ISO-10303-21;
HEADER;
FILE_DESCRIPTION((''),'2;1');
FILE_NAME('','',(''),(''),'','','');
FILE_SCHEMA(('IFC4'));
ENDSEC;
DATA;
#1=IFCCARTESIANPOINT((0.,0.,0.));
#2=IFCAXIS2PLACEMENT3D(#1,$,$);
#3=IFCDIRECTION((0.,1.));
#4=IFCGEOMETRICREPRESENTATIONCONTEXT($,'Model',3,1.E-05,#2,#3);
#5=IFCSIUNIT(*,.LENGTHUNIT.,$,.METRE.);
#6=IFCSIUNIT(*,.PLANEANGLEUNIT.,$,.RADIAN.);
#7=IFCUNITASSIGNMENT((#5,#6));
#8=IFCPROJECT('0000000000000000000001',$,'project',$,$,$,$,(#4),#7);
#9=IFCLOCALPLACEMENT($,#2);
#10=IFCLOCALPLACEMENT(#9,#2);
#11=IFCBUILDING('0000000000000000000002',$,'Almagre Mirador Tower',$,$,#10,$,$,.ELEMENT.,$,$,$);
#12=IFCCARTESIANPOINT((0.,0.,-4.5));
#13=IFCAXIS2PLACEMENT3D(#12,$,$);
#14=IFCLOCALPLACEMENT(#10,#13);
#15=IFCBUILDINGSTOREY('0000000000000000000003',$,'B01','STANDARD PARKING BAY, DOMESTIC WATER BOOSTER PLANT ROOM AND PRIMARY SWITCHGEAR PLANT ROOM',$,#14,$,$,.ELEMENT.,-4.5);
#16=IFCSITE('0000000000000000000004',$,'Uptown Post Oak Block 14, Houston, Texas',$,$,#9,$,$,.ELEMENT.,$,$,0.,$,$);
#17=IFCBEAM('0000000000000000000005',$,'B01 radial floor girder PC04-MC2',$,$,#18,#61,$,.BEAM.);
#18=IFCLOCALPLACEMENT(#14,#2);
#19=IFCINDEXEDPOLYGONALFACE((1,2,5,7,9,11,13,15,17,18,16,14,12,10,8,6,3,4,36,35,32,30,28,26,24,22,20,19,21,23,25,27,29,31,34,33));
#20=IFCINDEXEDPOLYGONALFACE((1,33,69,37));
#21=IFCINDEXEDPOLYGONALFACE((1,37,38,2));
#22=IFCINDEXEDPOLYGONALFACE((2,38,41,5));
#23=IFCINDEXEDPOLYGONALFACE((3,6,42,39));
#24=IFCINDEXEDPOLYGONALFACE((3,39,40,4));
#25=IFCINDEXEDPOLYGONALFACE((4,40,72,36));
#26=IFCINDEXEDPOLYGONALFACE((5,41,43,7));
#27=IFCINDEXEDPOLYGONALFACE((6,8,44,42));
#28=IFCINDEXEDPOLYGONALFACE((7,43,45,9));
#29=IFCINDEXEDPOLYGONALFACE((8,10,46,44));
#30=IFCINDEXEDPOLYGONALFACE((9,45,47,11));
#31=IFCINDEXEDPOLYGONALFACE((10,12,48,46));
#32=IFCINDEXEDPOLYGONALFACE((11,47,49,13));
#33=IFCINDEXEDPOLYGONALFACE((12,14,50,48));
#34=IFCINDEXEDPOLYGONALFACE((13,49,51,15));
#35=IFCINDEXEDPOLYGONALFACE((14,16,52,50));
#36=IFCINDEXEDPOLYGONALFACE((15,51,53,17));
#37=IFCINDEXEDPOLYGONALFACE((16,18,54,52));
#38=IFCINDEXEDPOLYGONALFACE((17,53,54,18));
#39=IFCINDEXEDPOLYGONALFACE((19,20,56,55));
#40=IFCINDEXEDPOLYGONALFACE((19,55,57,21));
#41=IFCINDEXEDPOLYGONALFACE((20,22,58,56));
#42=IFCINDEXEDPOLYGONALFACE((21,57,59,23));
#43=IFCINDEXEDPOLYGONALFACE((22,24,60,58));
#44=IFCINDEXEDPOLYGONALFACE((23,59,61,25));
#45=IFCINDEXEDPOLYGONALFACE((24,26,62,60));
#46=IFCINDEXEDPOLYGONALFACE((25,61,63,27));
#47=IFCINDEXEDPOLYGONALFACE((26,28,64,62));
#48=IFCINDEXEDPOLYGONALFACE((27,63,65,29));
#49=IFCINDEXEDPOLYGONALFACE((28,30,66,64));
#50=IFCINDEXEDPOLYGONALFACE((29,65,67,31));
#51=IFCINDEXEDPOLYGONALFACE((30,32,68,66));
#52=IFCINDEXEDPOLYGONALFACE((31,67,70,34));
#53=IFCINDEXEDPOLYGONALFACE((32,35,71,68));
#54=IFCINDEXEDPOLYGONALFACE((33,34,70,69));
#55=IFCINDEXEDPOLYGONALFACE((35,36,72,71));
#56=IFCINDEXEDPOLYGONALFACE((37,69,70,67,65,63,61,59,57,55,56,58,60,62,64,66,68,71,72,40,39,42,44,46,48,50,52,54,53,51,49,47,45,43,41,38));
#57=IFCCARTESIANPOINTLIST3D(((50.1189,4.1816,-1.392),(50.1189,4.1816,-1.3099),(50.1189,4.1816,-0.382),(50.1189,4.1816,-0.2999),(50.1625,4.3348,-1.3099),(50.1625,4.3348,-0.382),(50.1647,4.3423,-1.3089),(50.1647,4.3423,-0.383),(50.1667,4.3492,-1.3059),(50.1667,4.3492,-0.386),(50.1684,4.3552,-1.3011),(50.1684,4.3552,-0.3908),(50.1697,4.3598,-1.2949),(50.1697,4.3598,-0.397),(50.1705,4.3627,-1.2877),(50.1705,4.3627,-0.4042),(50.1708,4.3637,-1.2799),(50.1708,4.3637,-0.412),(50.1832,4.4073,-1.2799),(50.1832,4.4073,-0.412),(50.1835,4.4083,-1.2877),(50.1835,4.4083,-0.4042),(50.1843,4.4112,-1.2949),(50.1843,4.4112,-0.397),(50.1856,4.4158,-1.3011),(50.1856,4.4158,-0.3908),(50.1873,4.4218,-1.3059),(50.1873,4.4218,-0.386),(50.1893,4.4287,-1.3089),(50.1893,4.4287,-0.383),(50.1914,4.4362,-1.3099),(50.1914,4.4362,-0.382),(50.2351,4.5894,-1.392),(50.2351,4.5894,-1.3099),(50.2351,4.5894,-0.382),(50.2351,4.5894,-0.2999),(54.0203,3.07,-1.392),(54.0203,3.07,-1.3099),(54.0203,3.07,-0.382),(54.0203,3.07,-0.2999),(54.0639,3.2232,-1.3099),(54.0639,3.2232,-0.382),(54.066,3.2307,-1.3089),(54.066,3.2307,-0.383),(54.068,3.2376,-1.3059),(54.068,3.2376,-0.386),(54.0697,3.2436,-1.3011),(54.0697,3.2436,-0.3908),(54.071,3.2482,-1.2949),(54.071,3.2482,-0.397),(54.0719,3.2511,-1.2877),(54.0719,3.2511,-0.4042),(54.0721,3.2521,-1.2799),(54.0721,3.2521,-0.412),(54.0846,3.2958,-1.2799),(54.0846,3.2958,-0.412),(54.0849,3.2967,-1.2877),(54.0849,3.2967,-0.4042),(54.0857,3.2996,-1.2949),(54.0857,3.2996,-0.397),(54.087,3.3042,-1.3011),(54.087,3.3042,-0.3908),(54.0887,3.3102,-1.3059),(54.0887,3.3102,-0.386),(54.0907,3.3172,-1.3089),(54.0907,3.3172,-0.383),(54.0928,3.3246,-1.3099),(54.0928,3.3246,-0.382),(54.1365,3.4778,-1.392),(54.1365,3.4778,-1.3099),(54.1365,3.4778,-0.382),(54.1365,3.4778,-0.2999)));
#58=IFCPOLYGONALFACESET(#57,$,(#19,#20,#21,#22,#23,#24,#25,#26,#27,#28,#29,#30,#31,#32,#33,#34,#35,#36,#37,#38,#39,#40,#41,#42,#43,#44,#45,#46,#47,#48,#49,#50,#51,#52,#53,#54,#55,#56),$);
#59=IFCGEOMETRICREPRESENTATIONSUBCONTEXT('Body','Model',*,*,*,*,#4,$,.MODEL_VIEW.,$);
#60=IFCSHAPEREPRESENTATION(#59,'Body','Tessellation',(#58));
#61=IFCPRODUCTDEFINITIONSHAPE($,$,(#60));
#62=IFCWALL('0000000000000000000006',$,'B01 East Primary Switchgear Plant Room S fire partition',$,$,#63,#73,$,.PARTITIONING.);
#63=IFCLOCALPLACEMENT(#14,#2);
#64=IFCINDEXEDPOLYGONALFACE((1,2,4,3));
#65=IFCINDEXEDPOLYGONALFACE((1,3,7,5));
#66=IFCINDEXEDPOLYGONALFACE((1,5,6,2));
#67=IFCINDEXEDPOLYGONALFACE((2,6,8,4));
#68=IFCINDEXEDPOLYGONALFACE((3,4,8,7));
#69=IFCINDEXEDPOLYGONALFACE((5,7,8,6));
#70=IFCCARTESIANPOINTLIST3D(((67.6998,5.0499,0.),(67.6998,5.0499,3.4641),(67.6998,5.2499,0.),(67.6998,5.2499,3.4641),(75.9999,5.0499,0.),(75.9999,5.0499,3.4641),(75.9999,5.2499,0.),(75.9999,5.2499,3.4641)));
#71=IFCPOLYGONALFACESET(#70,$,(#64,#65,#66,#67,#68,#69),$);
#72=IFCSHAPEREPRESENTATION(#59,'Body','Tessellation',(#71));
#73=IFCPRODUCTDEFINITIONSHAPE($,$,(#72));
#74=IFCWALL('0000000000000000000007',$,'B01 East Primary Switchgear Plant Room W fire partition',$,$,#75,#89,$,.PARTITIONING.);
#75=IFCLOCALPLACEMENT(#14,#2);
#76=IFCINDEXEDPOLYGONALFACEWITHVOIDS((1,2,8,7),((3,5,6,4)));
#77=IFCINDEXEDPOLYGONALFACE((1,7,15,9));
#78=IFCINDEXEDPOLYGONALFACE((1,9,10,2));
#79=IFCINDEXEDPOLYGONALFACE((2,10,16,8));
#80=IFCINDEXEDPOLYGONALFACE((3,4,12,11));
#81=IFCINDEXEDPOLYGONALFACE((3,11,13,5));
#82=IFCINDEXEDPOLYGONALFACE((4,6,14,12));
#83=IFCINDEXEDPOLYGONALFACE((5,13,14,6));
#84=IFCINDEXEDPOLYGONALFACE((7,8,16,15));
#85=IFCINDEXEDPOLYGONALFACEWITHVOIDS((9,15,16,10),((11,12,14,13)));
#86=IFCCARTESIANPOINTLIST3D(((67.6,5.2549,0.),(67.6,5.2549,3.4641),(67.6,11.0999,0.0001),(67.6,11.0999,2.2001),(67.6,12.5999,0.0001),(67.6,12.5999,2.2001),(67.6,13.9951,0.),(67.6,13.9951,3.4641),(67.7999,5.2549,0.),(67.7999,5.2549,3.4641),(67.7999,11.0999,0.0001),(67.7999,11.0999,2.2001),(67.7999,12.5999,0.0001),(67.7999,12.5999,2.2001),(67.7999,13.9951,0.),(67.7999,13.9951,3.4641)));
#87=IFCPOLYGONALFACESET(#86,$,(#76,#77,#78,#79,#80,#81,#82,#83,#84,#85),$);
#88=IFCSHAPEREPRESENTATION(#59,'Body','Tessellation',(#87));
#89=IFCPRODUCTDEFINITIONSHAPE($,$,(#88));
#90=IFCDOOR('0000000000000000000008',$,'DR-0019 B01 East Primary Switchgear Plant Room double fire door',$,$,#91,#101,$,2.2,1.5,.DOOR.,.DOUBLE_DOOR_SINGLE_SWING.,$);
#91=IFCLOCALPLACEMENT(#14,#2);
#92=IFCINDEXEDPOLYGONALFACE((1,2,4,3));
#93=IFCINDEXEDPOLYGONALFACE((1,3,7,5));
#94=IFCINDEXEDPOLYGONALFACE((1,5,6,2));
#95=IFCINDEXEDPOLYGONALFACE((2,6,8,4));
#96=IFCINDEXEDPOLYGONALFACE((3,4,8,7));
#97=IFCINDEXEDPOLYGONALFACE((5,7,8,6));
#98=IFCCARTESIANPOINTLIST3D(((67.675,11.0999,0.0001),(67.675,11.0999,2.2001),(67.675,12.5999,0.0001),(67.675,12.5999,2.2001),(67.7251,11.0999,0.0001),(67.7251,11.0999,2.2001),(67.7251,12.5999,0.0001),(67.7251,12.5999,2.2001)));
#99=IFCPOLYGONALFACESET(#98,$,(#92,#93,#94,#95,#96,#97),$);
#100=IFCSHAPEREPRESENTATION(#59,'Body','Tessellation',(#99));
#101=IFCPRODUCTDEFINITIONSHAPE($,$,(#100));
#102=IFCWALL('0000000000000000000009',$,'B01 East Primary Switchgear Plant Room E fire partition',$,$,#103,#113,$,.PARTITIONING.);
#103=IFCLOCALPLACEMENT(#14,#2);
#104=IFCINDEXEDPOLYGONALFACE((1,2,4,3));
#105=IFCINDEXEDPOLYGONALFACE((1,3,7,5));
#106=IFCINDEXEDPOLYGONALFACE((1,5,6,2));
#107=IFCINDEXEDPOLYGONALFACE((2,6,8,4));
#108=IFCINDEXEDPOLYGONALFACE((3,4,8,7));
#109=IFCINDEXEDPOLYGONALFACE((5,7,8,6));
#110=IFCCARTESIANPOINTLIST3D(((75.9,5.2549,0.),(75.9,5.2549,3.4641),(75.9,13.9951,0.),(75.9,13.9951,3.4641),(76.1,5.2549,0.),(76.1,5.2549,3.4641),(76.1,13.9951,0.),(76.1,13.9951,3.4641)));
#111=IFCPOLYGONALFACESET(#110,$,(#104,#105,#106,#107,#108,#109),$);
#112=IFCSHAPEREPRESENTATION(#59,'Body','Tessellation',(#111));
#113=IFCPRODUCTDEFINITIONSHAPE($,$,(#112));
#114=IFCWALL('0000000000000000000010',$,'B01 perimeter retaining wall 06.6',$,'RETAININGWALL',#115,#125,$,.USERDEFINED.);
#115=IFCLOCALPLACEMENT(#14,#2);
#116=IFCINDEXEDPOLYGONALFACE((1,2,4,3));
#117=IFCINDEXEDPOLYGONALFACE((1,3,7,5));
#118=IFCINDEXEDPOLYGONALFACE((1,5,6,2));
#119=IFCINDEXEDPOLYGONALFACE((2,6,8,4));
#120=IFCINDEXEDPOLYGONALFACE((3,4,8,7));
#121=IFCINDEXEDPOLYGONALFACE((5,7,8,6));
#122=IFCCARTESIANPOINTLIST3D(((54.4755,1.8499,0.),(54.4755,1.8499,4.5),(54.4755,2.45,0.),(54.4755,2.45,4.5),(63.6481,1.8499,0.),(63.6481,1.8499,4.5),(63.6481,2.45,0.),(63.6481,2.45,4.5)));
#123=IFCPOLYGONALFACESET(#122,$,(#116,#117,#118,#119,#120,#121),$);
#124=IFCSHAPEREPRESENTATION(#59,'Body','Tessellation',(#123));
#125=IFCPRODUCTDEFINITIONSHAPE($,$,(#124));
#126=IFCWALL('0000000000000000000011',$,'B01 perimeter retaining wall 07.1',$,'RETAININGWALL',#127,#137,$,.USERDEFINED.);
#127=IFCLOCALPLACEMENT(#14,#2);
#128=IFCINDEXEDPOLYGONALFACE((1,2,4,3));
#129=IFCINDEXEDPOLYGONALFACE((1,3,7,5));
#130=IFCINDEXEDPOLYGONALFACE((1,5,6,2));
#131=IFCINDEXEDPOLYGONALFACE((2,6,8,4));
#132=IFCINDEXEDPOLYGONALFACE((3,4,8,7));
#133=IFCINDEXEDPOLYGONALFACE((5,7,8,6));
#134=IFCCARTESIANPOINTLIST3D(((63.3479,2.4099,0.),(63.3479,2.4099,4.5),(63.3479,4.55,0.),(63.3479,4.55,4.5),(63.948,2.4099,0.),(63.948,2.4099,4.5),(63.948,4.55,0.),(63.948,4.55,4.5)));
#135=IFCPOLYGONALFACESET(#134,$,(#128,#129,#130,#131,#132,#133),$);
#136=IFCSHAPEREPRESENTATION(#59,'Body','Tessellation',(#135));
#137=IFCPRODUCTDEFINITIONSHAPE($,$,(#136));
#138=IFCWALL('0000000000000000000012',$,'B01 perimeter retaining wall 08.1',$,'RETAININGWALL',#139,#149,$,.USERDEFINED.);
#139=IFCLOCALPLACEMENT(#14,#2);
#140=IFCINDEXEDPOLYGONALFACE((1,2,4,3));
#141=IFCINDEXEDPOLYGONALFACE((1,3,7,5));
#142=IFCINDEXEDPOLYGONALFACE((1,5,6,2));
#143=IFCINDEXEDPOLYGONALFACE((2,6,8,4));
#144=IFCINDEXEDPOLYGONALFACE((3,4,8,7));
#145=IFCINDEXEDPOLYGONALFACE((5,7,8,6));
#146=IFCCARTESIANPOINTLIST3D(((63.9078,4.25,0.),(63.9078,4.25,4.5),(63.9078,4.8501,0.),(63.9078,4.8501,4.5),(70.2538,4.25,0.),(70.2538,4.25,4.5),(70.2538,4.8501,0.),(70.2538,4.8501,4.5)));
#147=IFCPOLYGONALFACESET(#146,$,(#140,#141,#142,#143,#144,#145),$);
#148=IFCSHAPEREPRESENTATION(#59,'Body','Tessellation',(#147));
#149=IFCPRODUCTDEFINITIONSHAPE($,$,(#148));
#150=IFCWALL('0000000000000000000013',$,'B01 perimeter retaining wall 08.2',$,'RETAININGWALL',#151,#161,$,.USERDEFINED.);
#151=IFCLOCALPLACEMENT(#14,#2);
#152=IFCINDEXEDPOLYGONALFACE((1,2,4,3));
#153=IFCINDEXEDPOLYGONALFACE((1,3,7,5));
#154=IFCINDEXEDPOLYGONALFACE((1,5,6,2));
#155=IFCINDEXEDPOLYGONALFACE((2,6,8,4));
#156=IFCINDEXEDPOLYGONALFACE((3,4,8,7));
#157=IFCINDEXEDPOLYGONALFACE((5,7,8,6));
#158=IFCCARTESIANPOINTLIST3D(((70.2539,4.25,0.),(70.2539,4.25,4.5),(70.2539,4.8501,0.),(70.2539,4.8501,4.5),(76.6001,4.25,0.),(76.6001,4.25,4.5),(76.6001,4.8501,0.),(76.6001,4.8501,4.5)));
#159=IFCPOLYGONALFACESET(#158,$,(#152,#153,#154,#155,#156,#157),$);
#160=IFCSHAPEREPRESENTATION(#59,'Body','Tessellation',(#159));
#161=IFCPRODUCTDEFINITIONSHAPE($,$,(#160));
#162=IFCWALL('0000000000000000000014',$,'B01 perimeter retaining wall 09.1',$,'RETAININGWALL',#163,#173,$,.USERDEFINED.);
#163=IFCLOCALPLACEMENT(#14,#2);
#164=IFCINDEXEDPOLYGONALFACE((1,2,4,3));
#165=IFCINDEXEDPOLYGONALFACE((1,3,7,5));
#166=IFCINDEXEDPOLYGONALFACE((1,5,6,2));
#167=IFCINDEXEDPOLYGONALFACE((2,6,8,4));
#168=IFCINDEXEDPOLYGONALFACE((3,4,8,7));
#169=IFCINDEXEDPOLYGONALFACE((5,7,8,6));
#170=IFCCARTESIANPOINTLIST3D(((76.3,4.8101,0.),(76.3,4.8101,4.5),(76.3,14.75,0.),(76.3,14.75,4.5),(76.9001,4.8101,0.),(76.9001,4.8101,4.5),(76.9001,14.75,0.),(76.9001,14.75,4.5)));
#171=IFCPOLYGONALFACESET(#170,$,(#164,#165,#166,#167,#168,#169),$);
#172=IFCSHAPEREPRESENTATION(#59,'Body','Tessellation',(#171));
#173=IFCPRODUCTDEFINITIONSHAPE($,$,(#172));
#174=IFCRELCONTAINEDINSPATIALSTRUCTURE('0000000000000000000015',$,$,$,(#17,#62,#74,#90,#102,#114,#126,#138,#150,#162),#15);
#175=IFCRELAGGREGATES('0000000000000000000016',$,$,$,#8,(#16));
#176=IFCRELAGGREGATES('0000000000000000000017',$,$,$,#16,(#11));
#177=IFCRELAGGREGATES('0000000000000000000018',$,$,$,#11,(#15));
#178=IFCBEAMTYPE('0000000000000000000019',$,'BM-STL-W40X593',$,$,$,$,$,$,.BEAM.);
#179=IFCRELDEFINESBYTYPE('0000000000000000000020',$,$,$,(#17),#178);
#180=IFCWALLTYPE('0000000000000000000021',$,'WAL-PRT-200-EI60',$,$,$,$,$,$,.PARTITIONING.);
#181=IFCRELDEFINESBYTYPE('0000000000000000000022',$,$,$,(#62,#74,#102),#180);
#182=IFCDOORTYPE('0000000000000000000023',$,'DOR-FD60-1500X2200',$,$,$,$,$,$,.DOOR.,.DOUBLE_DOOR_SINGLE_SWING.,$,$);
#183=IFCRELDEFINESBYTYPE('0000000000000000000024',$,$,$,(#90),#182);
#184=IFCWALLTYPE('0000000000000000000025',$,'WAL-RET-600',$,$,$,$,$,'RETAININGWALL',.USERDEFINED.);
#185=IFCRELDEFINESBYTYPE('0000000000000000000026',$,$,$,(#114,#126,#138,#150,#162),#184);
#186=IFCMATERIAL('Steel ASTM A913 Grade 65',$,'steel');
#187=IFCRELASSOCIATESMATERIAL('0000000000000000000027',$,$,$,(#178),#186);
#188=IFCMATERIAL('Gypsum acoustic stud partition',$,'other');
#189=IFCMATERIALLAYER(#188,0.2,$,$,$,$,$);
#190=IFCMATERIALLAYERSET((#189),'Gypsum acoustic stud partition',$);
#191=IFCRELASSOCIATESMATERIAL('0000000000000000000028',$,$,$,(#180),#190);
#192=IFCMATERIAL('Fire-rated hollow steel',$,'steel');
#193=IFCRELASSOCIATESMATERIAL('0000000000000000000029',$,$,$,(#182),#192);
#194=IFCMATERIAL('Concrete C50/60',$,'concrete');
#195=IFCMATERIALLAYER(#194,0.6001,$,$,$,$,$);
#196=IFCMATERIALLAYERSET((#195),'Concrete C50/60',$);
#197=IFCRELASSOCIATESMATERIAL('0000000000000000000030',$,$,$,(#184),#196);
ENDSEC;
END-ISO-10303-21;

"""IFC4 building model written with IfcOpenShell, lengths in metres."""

from ifc_helpers import new_model, si_unit, direction, frame, frame_2d, origin, origin_2d, place, context, subcontext, project, spatial, rectangle, i_section, extrude, material, layer, layer_set, material_profile, profile_set, type_object, element, fill, save


model = new_model("IFC4")

# Units and contexts
model_context = context("Model", 3, precision=1e-05, world=origin(), true_north=direction((0.0, 1.0)))
body_context = subcontext(model_context, "Body", "Model", "MODEL_VIEW")
ifc_project = project(units=[si_unit("LENGTHUNIT", "METRE"), si_unit("PLANEANGLEUNIT", "RADIAN")], contexts=[model_context])

# Site, building, storey
site_placement = place(None, origin())
site = spatial("IfcSite", under=ifc_project, at=site_placement, Name="Uptown Post Oak Block 14, Houston, Texas", CompositionType="ELEMENT", RefElevation=0.0)
building_placement = place(site_placement, origin())
building = spatial("IfcBuilding", under=site, at=building_placement, Name="Almagre Mirador Tower", CompositionType="ELEMENT")
storey_placement = place(building_placement, frame((0.0, 0.0, -4.5)))
storey = spatial("IfcBuildingStorey", under=building, at=storey_placement, Name="B01", Description="STANDARD PARKING BAY, DOMESTIC WATER BOOSTER PLANT ROOM AND PRIMARY SWITCHGEAR PLANT ROOM", CompositionType="ELEMENT", Elevation=-4.5)

# Beam
ifc_material_1 = material(Name="Steel ASTM A913 Grade 65", Category="steel")
ifc_material_profile_1 = material_profile(ifc_material_1, i_section(OverallWidth=0.4241, OverallDepth=1.092, WebThickness=0.0454, FlangeThickness=0.082, FilletRadius=0.03, at=origin_2d()), Name="W40X593")
ifc_profile_set_1 = profile_set([ifc_material_profile_1], Name="Steel ASTM A913 Grade 65")
beam_type_1 = type_object("IfcBeamType", Name="BM-STL-W40X593", PredefinedType="BEAM", material=ifc_profile_set_1)
beam_1_placement = place(storey_placement, frame((54.0784, 3.2739, -0.8459), z_axis=(-0.961726, 0.274014, 0.0), x_axis=(-0.274014, -0.961726, 0.0)))
element("IfcBeam", 1, at=beam_1_placement, inside=storey, type_object=beam_type_1, Name="B01 radial floor girder PC04-MC2", PredefinedType="BEAM", context=body_context, shape_type="SweptSolid", body=[
    extrude(i_section(OverallWidth=0.4241, OverallDepth=1.092, WebThickness=0.0454, FlangeThickness=0.082, FilletRadius=0.03, at=origin_2d()), origin(), (0.0, 0.0, 1.0), 4.0566),
])

# Wall
ifc_material_2 = material(Name="Gypsum acoustic stud partition", Category="other")
ifc_layer_1 = layer(ifc_material_2, 0.2)
ifc_layer_set_1 = layer_set([ifc_layer_1], Name="Gypsum acoustic stud partition")
wall_type_1 = type_object("IfcWallType", Name="WAL-PRT-200-EI60", PredefinedType="PARTITIONING", material=ifc_layer_set_1)
wall_1_placement = place(storey_placement, frame((67.7, 5.1499, 0.0), z_axis=(0.0, 0.0, 1.0), x_axis=(1.0, 0.0, 0.0)))
element("IfcWall", 2, at=wall_1_placement, inside=storey, type_object=wall_type_1, Name="B01 East Primary Switchgear Plant Room S fire partition", PredefinedType="PARTITIONING", context=body_context, shape_type="SweptSolid", body=[
    extrude(rectangle(XDim=8.3, YDim=0.2, at=frame_2d((4.1499, 0.0))), origin(), (0.0, 0.0, 1.0), 3.4641),
])

# Wall, opening, door
wall_2_placement = place(storey_placement, frame((67.7, 5.2549, 0.0), z_axis=(0.0, 0.0, 1.0), x_axis=(0.0, 1.0, 0.0)))
wall_2 = element("IfcWall", 3, at=wall_2_placement, inside=storey, type_object=wall_type_1, Name="B01 East Primary Switchgear Plant Room W fire partition", PredefinedType="PARTITIONING", context=body_context, shape_type="SweptSolid", body=[
    extrude(rectangle(XDim=8.7402, YDim=0.2, at=frame_2d((4.3701, 0.0))), origin(), (0.0, 0.0, 1.0), 3.4641),
])
opening_placement = place(wall_2_placement, frame((5.845, 0.0, 0.0)))
opening = element("IfcOpeningElement", 4, at=opening_placement, cuts=wall_2, PredefinedType="OPENING", context=body_context, shape_type="SweptSolid", body=[
    extrude(rectangle(XDim=1.5, YDim=2.2, at=frame_2d((0.75, 1.1001))), frame((0.0, 0.1101, 0.0), z_axis=(0.0, -1.0, 0.0), x_axis=(1.0, 0.0, 0.0)), (0.0, 0.0, 1.0), 0.22),
])
ifc_material_3 = material(Name="Fire-rated hollow steel", Category="steel")
door_type = type_object("IfcDoorType", Name="DOR-FD60-1500X2200", OperationType="DOUBLE_DOOR_SINGLE_SWING", PredefinedType="DOOR", material=ifc_material_3)
door_placement = place(opening_placement, origin())
door = element("IfcDoor", 5, at=door_placement, inside=storey, type_object=door_type, Name="DR-0019 B01 East Primary Switchgear Plant Room double fire door", OperationType="DOUBLE_DOOR_SINGLE_SWING", OverallHeight=2.2, OverallWidth=1.5, PredefinedType="DOOR", context=body_context, shape_type="SweptSolid", body=[
    extrude(rectangle(XDim=1.5, YDim=2.2, at=frame_2d((0.75, 1.1001))), frame((0.0, 0.0249, 0.0), z_axis=(0.0, -1.0, 0.0), x_axis=(1.0, 0.0, 0.0)), (0.0, 0.0, 1.0), 0.05),
])
fill(opening, door)

# Walls
wall_3_placement = place(storey_placement, frame((76.0, 5.2549, 0.0), z_axis=(0.0, 0.0, 1.0), x_axis=(0.0, 1.0, 0.0)))
element("IfcWall", 6, at=wall_3_placement, inside=storey, type_object=wall_type_1, Name="B01 East Primary Switchgear Plant Room E fire partition", PredefinedType="PARTITIONING", context=body_context, shape_type="SweptSolid", body=[
    extrude(rectangle(XDim=8.7402, YDim=0.2, at=frame_2d((4.3701, 0.0))), origin(), (0.0, 0.0, 1.0), 3.4641),
])
ifc_material_4 = material(Name="Concrete C50/60", Category="concrete")
ifc_layer_2 = layer(ifc_material_4, 0.6001)
ifc_layer_set_2 = layer_set([ifc_layer_2], Name="Concrete C50/60")
wall_type_2 = type_object("IfcWallType", Name="WAL-RET-600", ElementType="RETAININGWALL", PredefinedType="USERDEFINED", material=ifc_layer_set_2)
wall_4_placement = place(storey_placement, frame((54.4753, 2.1499, 0.0), z_axis=(0.0, 0.0, 1.0), x_axis=(1.0, 0.0, 0.0)))
element("IfcWall", 7, at=wall_4_placement, inside=storey, type_object=wall_type_2, Name="B01 perimeter retaining wall 06.6", ObjectType="RETAININGWALL", PredefinedType="USERDEFINED", context=body_context, shape_type="SweptSolid", body=[
    extrude(rectangle(XDim=9.1726, YDim=0.6001, at=frame_2d((4.5864, 0.0))), origin(), (0.0, 0.0, 1.0), 4.5),
])
wall_5_placement = place(storey_placement, frame((63.6479, 2.4099, 0.0), z_axis=(0.0, 0.0, 1.0), x_axis=(0.0, 1.0, 0.0)))
element("IfcWall", 8, at=wall_5_placement, inside=storey, type_object=wall_type_2, Name="B01 perimeter retaining wall 07.1", ObjectType="RETAININGWALL", PredefinedType="USERDEFINED", context=body_context, shape_type="SweptSolid", body=[
    extrude(rectangle(XDim=2.1401, YDim=0.6001, at=frame_2d((1.0701, 0.0))), origin(), (0.0, 0.0, 1.0), 4.5),
])
wall_6_placement = place(storey_placement, frame((63.908, 4.55, 0.0), z_axis=(0.0, 0.0, 1.0), x_axis=(1.0, 0.0, 0.0)))
element("IfcWall", 9, at=wall_6_placement, inside=storey, type_object=wall_type_2, Name="B01 perimeter retaining wall 08.1", ObjectType="RETAININGWALL", PredefinedType="USERDEFINED", context=body_context, shape_type="SweptSolid", body=[
    extrude(rectangle(XDim=6.3459, YDim=0.6001, at=frame_2d((3.1729, 0.0))), origin(), (0.0, 0.0, 1.0), 4.5),
])
wall_7_placement = place(storey_placement, frame((70.2539, 4.55, 0.0), z_axis=(0.0, 0.0, 1.0), x_axis=(1.0, 0.0, 0.0)))
element("IfcWall", 10, at=wall_7_placement, inside=storey, type_object=wall_type_2, Name="B01 perimeter retaining wall 08.2", ObjectType="RETAININGWALL", PredefinedType="USERDEFINED", context=body_context, shape_type="SweptSolid", body=[
    extrude(rectangle(XDim=6.3462, YDim=0.6001, at=frame_2d((3.1731, 0.0))), origin(), (0.0, 0.0, 1.0), 4.5),
])
wall_8_placement = place(storey_placement, frame((76.6001, 4.8101, 0.0), z_axis=(0.0, 0.0, 1.0), x_axis=(0.0, 1.0, 0.0)))
element("IfcWall", 11, at=wall_8_placement, inside=storey, type_object=wall_type_2, Name="B01 perimeter retaining wall 09.1", ObjectType="RETAININGWALL", PredefinedType="USERDEFINED", context=body_context, shape_type="SweptSolid", body=[
    extrude(rectangle(XDim=9.9399, YDim=0.6001, at=frame_2d((4.97, 0.0))), origin(), (0.0, 0.0, 1.0), 4.5),
])

save(model, "model.ifc")
